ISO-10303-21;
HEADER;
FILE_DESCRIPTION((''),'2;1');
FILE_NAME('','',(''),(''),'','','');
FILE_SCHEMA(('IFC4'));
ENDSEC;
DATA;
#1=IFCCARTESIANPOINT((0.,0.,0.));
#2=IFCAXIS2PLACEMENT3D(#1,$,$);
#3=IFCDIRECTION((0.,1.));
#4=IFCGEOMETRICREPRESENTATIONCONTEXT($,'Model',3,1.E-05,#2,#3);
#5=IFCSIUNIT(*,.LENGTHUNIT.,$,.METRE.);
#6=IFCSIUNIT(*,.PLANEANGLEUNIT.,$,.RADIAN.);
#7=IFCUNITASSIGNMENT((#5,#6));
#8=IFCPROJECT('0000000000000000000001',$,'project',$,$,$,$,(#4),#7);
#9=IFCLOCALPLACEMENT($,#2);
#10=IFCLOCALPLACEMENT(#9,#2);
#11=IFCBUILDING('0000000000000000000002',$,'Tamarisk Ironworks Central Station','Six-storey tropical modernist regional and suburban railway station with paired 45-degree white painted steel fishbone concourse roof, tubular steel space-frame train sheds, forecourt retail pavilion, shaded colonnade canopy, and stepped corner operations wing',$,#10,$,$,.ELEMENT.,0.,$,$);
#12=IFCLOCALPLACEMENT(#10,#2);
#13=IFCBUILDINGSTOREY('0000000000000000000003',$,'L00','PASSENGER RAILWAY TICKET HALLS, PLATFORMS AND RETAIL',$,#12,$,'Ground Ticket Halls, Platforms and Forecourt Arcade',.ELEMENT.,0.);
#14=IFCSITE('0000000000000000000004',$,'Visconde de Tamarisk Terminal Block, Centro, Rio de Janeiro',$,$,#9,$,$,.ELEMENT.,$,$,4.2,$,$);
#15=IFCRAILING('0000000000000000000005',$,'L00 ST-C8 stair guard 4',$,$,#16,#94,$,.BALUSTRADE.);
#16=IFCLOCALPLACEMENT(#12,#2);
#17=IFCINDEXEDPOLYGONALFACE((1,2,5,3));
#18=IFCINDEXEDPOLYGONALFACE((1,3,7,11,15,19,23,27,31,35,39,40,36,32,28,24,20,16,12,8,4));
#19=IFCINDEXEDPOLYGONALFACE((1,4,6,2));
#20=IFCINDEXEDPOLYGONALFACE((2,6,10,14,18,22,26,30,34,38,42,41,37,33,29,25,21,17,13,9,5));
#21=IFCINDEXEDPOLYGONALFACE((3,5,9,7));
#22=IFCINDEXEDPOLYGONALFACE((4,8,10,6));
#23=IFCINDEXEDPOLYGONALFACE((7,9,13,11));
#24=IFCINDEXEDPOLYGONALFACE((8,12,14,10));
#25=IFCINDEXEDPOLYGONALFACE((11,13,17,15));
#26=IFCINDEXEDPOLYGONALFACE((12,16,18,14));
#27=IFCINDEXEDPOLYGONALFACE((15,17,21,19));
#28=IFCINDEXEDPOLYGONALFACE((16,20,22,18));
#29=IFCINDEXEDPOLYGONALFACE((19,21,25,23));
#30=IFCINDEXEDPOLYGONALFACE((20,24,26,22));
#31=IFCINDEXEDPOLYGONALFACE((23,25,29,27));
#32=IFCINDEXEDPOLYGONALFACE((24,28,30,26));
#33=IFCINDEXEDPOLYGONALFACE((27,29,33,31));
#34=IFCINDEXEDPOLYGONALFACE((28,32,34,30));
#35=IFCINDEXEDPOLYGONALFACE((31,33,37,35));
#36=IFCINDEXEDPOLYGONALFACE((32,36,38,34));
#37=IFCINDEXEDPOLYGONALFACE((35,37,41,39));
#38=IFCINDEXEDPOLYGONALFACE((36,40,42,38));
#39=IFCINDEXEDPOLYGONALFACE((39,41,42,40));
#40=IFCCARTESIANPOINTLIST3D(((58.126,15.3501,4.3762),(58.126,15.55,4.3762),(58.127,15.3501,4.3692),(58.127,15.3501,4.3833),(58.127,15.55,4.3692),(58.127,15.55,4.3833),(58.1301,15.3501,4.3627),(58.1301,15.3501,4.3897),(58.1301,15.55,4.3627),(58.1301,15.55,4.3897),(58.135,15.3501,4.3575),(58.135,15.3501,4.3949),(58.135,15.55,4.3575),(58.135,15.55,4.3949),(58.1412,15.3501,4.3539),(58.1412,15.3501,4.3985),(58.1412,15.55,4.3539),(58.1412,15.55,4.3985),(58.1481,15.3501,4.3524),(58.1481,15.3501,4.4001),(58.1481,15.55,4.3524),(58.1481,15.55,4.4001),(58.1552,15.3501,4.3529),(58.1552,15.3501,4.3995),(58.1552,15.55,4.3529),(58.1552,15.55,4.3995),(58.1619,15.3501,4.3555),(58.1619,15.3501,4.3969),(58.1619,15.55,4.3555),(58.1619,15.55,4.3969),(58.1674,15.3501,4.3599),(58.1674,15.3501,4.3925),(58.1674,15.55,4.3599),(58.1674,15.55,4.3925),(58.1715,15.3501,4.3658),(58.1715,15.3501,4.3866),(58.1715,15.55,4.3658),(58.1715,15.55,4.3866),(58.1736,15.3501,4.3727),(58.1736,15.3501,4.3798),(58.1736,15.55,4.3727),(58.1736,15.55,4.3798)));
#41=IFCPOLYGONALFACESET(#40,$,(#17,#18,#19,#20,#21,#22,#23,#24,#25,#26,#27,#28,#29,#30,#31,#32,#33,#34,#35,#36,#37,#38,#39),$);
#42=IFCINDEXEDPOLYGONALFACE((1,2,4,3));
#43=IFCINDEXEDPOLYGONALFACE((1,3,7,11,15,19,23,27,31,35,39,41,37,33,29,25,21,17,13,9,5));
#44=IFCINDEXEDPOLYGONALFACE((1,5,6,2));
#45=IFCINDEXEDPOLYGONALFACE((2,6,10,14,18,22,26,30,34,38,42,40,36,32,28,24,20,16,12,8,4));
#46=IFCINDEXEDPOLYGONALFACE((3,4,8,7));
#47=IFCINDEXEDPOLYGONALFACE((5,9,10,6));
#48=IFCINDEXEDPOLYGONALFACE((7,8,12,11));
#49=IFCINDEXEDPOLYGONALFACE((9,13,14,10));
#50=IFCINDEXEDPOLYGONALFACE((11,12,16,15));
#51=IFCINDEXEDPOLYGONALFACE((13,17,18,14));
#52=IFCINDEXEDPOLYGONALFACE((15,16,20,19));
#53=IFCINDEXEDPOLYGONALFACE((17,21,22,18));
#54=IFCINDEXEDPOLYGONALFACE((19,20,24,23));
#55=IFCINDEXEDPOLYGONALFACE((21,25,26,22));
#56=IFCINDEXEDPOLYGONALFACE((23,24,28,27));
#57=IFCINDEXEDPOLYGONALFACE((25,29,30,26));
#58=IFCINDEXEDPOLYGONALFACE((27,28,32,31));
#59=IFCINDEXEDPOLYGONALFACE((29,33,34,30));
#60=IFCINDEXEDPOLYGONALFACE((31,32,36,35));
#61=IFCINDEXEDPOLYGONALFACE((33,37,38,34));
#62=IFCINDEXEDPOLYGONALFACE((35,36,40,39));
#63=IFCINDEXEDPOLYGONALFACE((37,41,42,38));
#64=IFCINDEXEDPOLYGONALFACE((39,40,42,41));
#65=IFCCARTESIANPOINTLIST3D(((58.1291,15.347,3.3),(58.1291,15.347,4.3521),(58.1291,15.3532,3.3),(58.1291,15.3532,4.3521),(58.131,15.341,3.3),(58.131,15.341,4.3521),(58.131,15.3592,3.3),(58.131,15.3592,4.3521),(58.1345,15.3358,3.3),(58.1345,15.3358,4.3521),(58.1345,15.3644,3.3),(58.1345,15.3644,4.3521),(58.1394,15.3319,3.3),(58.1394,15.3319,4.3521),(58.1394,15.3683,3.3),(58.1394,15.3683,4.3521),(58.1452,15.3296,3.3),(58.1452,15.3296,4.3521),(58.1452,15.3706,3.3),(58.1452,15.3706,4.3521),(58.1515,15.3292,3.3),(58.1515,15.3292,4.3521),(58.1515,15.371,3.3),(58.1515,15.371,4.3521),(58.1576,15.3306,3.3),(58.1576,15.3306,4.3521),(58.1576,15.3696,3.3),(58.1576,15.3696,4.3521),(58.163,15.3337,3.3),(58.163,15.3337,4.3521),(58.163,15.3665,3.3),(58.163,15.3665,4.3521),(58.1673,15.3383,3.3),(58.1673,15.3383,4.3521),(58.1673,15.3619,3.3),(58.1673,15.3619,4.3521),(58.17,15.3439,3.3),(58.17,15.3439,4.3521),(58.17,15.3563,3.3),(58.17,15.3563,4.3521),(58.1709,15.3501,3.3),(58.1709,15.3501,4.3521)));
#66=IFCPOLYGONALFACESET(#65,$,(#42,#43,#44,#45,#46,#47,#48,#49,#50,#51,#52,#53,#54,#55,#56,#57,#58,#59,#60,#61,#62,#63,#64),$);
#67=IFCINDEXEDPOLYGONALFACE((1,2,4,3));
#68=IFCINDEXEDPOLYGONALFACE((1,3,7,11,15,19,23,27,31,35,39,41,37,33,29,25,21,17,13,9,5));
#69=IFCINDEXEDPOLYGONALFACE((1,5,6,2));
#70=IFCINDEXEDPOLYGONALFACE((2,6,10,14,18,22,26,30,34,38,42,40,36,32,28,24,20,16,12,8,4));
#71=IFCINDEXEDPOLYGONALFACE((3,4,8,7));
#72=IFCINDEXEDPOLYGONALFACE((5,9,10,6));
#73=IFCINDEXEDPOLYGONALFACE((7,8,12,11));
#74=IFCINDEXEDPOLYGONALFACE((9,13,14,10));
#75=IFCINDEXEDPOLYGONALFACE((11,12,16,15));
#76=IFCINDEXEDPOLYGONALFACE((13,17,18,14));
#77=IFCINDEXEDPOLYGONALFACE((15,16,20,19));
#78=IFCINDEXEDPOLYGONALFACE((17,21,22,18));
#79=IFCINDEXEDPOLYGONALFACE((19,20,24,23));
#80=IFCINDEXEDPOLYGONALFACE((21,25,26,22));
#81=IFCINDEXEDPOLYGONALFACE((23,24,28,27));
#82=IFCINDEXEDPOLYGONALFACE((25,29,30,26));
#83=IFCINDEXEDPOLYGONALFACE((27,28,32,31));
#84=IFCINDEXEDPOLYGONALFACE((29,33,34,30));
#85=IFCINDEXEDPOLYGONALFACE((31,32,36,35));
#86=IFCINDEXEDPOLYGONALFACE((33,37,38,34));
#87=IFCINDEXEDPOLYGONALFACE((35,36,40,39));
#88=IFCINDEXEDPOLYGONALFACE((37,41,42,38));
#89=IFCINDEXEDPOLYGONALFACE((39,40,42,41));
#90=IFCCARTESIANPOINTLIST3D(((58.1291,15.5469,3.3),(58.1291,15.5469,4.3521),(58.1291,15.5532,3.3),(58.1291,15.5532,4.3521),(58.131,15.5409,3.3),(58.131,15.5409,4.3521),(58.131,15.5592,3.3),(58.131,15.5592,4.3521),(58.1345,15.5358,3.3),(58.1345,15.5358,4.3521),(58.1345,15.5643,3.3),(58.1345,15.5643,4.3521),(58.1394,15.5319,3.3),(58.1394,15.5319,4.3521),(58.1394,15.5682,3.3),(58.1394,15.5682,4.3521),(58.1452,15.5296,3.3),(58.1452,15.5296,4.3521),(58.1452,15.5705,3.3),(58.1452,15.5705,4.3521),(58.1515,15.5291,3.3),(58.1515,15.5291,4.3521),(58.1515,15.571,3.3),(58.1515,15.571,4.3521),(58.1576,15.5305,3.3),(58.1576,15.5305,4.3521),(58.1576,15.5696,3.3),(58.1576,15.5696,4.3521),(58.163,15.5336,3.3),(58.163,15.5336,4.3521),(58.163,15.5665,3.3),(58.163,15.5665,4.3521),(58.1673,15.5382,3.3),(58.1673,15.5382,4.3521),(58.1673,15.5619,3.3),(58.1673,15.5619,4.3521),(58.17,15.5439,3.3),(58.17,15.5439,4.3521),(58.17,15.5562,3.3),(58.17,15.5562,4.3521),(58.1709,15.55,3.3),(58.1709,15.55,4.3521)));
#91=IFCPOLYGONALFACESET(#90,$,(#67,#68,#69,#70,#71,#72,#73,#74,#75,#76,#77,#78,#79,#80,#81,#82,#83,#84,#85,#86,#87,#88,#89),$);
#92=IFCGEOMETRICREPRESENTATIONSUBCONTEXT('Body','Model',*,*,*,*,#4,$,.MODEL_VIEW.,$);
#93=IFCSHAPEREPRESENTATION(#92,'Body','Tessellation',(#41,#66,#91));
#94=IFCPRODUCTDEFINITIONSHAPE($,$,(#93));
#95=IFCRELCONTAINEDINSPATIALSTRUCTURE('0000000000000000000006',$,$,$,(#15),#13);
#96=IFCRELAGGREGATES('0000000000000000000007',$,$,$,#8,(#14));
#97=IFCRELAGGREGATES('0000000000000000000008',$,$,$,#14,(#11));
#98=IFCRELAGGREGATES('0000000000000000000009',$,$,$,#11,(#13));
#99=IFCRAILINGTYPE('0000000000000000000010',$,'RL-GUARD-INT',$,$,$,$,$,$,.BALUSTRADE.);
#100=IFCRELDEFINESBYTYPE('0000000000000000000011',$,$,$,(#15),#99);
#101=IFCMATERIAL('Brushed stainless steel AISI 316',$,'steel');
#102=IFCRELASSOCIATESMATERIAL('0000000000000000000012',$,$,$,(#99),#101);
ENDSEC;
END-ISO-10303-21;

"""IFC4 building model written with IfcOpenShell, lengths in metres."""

from ifc_helpers import new_model, si_unit, direction, frame, origin, origin_2d, place, context, subcontext, project, spatial, circle, extrude, material, type_object, element, save


model = new_model("IFC4")

# Units and contexts
model_context = context("Model", 3, precision=1e-05, world=origin(), true_north=direction((0.0, 1.0)))
body_context = subcontext(model_context, "Body", "Model", "MODEL_VIEW")
ifc_project = project(units=[si_unit("LENGTHUNIT", "METRE"), si_unit("PLANEANGLEUNIT", "RADIAN")], contexts=[model_context])

# Site, building, storey
site_placement = place(None, origin())
site = spatial("IfcSite", under=ifc_project, at=site_placement, Name="Visconde de Tamarisk Terminal Block, Centro, Rio de Janeiro", CompositionType="ELEMENT", RefElevation=4.2)
building_placement = place(site_placement, origin())
building = spatial("IfcBuilding", under=site, at=building_placement, Name="Tamarisk Ironworks Central Station", Description="Six-storey tropical modernist regional and suburban railway station with paired 45-degree white painted steel fishbone concourse roof, tubular steel space-frame train sheds, forecourt retail pavilion, shaded colonnade canopy, and stepped corner operations wing", CompositionType="ELEMENT", ElevationOfRefHeight=0.0)
storey_placement = place(building_placement, origin())
storey = spatial("IfcBuildingStorey", under=building, at=storey_placement, Name="L00", Description="PASSENGER RAILWAY TICKET HALLS, PLATFORMS AND RETAIL", LongName="Ground Ticket Halls, Platforms and Forecourt Arcade", CompositionType="ELEMENT", Elevation=0.0)

# Railing
ifc_material_1 = material(Name="Brushed stainless steel AISI 316", Category="steel")
railing_type_1 = type_object("IfcRailingType", Name="RL-GUARD-INT", PredefinedType="BALUSTRADE", material=ifc_material_1)
railing_1_placement = place(storey_placement, frame((58.1499, 15.3501, 3.3)))
element("IfcRailing", 1, at=railing_1_placement, inside=storey, type_object=railing_type_1, Name="L00 ST-C8 stair guard 4", PredefinedType="BALUSTRADE", context=body_context, shape_type="SweptSolid", body=[
    extrude(circle(Radius=0.0239, at=origin_2d()), frame((0.0, 0.0, 1.0762), z_axis=(0.0, 1.0, 0.0), x_axis=(-1.0, 0.0, 0.0)), (0.0, 0.0, 1.0), 0.2),
    extrude(circle(Radius=0.021, at=origin_2d()), origin(), (0.0, 0.0, 1.0), 1.052),
    extrude(circle(Radius=0.021, at=origin_2d()), frame((0.0, 0.2, 0.0)), (0.0, 0.0, 1.0), 1.052),
])

save(model, "model.ifc")
